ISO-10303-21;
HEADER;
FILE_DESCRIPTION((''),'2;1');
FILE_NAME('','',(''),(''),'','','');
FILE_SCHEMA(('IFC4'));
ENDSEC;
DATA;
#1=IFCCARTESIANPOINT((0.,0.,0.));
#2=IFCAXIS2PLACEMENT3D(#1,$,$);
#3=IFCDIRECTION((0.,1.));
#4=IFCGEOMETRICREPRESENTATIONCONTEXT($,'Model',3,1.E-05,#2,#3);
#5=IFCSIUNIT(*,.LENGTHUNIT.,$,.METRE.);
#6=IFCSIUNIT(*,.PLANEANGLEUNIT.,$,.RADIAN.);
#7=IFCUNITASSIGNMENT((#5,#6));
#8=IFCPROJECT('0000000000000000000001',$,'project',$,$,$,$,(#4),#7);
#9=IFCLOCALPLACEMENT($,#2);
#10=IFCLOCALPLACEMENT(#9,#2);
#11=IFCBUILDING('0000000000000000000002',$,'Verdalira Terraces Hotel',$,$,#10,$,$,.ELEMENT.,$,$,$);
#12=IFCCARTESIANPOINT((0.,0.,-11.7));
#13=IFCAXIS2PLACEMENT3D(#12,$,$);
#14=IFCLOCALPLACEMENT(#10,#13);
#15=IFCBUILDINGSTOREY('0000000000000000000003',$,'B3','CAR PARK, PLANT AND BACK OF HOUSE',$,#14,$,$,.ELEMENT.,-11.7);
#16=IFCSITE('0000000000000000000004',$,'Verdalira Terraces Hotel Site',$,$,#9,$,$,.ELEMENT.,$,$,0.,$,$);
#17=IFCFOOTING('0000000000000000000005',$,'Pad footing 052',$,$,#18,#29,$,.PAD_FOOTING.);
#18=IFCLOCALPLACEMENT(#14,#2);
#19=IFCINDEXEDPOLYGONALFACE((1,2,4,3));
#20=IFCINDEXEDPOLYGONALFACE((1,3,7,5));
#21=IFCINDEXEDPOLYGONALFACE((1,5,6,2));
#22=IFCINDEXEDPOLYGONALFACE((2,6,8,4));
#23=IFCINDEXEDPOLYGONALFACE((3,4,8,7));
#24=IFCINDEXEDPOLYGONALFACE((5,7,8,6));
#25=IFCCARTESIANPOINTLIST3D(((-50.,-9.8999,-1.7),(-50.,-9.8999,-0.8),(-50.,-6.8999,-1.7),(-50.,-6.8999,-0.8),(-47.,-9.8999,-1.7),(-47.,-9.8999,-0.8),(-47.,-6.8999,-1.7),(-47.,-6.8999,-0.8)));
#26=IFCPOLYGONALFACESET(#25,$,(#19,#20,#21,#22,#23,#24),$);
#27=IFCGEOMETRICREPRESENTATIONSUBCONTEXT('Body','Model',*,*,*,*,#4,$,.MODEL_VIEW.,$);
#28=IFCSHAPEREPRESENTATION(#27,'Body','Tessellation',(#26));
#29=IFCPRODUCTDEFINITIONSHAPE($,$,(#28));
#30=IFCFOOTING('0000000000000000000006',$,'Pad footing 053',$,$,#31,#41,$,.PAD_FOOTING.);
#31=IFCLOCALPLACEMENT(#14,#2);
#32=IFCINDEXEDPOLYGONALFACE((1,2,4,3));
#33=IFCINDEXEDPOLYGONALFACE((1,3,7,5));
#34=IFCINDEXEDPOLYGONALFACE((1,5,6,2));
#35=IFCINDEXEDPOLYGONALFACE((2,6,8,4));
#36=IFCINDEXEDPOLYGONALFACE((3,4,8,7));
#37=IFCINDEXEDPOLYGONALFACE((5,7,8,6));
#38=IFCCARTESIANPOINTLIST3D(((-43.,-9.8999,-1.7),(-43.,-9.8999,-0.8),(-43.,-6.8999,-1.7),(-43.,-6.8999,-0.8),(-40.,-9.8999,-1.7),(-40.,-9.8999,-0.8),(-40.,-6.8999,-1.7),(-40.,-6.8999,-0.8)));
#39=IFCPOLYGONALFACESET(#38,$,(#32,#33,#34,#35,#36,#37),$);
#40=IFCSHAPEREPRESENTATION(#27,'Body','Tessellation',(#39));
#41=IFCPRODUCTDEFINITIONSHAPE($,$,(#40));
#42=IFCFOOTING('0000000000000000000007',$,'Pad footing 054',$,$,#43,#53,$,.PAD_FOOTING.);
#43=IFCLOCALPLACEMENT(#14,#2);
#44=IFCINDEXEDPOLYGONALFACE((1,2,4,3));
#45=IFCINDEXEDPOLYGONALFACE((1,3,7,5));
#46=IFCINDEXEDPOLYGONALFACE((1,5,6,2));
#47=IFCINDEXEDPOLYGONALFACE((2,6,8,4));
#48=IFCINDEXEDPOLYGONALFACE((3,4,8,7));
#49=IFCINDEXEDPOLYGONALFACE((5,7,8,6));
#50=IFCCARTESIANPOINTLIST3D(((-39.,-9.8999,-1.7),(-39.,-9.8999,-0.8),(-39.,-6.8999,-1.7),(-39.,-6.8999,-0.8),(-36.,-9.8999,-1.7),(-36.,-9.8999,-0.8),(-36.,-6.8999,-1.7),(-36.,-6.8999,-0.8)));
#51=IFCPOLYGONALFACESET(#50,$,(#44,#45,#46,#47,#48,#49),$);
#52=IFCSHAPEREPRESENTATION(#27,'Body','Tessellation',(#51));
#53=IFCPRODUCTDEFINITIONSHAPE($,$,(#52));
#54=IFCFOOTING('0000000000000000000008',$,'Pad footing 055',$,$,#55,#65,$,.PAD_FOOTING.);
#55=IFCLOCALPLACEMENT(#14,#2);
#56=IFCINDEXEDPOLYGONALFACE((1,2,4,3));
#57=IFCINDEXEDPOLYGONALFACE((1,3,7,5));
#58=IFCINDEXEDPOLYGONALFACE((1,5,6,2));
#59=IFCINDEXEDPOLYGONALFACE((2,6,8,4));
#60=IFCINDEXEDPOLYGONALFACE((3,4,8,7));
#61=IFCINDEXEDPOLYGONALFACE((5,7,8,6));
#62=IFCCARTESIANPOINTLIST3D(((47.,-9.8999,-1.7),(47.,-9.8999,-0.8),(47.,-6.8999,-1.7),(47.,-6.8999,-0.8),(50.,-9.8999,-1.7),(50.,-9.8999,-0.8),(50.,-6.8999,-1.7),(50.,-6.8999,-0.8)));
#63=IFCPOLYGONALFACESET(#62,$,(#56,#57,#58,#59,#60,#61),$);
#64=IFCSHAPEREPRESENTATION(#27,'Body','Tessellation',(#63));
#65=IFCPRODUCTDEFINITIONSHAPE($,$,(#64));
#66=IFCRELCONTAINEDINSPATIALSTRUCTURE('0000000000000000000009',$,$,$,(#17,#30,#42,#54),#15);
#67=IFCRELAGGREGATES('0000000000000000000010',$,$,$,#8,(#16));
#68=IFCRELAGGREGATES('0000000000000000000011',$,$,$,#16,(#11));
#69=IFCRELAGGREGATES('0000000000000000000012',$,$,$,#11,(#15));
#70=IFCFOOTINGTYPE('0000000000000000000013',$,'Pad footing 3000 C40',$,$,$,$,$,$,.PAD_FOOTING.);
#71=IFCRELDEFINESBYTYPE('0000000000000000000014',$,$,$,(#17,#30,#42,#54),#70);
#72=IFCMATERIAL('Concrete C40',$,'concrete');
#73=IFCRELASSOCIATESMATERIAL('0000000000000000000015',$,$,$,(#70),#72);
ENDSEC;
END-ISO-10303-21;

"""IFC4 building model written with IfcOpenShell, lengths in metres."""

from ifc_helpers import new_model, si_unit, direction, frame, origin, place, context, subcontext, project, spatial, polyline, outline, extrude, material, type_object, element, save


model = new_model("IFC4")

# Units and contexts
model_context = context("Model", 3, precision=1e-05, world=origin(), true_north=direction((0.0, 1.0)))
body_context = subcontext(model_context, "Body", "Model", "MODEL_VIEW")
ifc_project = project(units=[si_unit("LENGTHUNIT", "METRE"), si_unit("PLANEANGLEUNIT", "RADIAN")], contexts=[model_context])

# Site, building, storey
site_placement = place(None, origin())
site = spatial("IfcSite", under=ifc_project, at=site_placement, Name="Verdalira Terraces Hotel Site", CompositionType="ELEMENT", RefElevation=0.0)
building_placement = place(site_placement, origin())
building = spatial("IfcBuilding", under=site, at=building_placement, Name="Verdalira Terraces Hotel", CompositionType="ELEMENT")
storey_placement = place(building_placement, frame((0.0, 0.0, -11.7)))
storey = spatial("IfcBuildingStorey", under=building, at=storey_placement, Name="B3", Description="CAR PARK, PLANT AND BACK OF HOUSE", CompositionType="ELEMENT", Elevation=-11.7)

# Footings
ifc_material = material(Name="Concrete C40", Category="concrete")
footing_type = type_object("IfcFootingType", Name="Pad footing 3000 C40", PredefinedType="PAD_FOOTING", material=ifc_material)
footing_1_placement = place(storey_placement, frame((0.0, 0.0, -1.7)))
element("IfcFooting", 1, at=footing_1_placement, inside=storey, type_object=footing_type, Name="Pad footing 052", PredefinedType="PAD_FOOTING", context=body_context, shape_type="SweptSolid", body=[
    extrude(outline(polyline([(-47.0, -9.8999), (-47.0, -6.8999), (-50.0, -6.8999), (-50.0, -9.8999), (-47.0, -9.8999)])), origin(), (0.0, 0.0, 1.0), 0.8999),
])
footing_2_placement = place(storey_placement, frame((0.0, 0.0, -1.7)))
element("IfcFooting", 2, at=footing_2_placement, inside=storey, type_object=footing_type, Name="Pad footing 053", PredefinedType="PAD_FOOTING", context=body_context, shape_type="SweptSolid", body=[
    extrude(outline(polyline([(-40.0, -9.8999), (-40.0, -6.8999), (-43.0, -6.8999), (-43.0, -9.8999), (-40.0, -9.8999)])), origin(), (0.0, 0.0, 1.0), 0.8999),
])
footing_3_placement = place(storey_placement, frame((0.0, 0.0, -1.7)))
element("IfcFooting", 3, at=footing_3_placement, inside=storey, type_object=footing_type, Name="Pad footing 054", PredefinedType="PAD_FOOTING", context=body_context, shape_type="SweptSolid", body=[
    extrude(outline(polyline([(-36.0, -9.8999), (-36.0, -6.8999), (-39.0, -6.8999), (-39.0, -9.8999), (-36.0, -9.8999)])), origin(), (0.0, 0.0, 1.0), 0.8999),
])
footing_4_placement = place(storey_placement, frame((0.0, 0.0, -1.7)))
element("IfcFooting", 4, at=footing_4_placement, inside=storey, type_object=footing_type, Name="Pad footing 055", PredefinedType="PAD_FOOTING", context=body_context, shape_type="SweptSolid", body=[
    extrude(outline(polyline([(50.0, -9.8999), (50.0, -6.8999), (47.0, -6.8999), (47.0, -9.8999), (50.0, -9.8999)])), origin(), (0.0, 0.0, 1.0), 0.8999),
])

save(model, "model.ifc")
